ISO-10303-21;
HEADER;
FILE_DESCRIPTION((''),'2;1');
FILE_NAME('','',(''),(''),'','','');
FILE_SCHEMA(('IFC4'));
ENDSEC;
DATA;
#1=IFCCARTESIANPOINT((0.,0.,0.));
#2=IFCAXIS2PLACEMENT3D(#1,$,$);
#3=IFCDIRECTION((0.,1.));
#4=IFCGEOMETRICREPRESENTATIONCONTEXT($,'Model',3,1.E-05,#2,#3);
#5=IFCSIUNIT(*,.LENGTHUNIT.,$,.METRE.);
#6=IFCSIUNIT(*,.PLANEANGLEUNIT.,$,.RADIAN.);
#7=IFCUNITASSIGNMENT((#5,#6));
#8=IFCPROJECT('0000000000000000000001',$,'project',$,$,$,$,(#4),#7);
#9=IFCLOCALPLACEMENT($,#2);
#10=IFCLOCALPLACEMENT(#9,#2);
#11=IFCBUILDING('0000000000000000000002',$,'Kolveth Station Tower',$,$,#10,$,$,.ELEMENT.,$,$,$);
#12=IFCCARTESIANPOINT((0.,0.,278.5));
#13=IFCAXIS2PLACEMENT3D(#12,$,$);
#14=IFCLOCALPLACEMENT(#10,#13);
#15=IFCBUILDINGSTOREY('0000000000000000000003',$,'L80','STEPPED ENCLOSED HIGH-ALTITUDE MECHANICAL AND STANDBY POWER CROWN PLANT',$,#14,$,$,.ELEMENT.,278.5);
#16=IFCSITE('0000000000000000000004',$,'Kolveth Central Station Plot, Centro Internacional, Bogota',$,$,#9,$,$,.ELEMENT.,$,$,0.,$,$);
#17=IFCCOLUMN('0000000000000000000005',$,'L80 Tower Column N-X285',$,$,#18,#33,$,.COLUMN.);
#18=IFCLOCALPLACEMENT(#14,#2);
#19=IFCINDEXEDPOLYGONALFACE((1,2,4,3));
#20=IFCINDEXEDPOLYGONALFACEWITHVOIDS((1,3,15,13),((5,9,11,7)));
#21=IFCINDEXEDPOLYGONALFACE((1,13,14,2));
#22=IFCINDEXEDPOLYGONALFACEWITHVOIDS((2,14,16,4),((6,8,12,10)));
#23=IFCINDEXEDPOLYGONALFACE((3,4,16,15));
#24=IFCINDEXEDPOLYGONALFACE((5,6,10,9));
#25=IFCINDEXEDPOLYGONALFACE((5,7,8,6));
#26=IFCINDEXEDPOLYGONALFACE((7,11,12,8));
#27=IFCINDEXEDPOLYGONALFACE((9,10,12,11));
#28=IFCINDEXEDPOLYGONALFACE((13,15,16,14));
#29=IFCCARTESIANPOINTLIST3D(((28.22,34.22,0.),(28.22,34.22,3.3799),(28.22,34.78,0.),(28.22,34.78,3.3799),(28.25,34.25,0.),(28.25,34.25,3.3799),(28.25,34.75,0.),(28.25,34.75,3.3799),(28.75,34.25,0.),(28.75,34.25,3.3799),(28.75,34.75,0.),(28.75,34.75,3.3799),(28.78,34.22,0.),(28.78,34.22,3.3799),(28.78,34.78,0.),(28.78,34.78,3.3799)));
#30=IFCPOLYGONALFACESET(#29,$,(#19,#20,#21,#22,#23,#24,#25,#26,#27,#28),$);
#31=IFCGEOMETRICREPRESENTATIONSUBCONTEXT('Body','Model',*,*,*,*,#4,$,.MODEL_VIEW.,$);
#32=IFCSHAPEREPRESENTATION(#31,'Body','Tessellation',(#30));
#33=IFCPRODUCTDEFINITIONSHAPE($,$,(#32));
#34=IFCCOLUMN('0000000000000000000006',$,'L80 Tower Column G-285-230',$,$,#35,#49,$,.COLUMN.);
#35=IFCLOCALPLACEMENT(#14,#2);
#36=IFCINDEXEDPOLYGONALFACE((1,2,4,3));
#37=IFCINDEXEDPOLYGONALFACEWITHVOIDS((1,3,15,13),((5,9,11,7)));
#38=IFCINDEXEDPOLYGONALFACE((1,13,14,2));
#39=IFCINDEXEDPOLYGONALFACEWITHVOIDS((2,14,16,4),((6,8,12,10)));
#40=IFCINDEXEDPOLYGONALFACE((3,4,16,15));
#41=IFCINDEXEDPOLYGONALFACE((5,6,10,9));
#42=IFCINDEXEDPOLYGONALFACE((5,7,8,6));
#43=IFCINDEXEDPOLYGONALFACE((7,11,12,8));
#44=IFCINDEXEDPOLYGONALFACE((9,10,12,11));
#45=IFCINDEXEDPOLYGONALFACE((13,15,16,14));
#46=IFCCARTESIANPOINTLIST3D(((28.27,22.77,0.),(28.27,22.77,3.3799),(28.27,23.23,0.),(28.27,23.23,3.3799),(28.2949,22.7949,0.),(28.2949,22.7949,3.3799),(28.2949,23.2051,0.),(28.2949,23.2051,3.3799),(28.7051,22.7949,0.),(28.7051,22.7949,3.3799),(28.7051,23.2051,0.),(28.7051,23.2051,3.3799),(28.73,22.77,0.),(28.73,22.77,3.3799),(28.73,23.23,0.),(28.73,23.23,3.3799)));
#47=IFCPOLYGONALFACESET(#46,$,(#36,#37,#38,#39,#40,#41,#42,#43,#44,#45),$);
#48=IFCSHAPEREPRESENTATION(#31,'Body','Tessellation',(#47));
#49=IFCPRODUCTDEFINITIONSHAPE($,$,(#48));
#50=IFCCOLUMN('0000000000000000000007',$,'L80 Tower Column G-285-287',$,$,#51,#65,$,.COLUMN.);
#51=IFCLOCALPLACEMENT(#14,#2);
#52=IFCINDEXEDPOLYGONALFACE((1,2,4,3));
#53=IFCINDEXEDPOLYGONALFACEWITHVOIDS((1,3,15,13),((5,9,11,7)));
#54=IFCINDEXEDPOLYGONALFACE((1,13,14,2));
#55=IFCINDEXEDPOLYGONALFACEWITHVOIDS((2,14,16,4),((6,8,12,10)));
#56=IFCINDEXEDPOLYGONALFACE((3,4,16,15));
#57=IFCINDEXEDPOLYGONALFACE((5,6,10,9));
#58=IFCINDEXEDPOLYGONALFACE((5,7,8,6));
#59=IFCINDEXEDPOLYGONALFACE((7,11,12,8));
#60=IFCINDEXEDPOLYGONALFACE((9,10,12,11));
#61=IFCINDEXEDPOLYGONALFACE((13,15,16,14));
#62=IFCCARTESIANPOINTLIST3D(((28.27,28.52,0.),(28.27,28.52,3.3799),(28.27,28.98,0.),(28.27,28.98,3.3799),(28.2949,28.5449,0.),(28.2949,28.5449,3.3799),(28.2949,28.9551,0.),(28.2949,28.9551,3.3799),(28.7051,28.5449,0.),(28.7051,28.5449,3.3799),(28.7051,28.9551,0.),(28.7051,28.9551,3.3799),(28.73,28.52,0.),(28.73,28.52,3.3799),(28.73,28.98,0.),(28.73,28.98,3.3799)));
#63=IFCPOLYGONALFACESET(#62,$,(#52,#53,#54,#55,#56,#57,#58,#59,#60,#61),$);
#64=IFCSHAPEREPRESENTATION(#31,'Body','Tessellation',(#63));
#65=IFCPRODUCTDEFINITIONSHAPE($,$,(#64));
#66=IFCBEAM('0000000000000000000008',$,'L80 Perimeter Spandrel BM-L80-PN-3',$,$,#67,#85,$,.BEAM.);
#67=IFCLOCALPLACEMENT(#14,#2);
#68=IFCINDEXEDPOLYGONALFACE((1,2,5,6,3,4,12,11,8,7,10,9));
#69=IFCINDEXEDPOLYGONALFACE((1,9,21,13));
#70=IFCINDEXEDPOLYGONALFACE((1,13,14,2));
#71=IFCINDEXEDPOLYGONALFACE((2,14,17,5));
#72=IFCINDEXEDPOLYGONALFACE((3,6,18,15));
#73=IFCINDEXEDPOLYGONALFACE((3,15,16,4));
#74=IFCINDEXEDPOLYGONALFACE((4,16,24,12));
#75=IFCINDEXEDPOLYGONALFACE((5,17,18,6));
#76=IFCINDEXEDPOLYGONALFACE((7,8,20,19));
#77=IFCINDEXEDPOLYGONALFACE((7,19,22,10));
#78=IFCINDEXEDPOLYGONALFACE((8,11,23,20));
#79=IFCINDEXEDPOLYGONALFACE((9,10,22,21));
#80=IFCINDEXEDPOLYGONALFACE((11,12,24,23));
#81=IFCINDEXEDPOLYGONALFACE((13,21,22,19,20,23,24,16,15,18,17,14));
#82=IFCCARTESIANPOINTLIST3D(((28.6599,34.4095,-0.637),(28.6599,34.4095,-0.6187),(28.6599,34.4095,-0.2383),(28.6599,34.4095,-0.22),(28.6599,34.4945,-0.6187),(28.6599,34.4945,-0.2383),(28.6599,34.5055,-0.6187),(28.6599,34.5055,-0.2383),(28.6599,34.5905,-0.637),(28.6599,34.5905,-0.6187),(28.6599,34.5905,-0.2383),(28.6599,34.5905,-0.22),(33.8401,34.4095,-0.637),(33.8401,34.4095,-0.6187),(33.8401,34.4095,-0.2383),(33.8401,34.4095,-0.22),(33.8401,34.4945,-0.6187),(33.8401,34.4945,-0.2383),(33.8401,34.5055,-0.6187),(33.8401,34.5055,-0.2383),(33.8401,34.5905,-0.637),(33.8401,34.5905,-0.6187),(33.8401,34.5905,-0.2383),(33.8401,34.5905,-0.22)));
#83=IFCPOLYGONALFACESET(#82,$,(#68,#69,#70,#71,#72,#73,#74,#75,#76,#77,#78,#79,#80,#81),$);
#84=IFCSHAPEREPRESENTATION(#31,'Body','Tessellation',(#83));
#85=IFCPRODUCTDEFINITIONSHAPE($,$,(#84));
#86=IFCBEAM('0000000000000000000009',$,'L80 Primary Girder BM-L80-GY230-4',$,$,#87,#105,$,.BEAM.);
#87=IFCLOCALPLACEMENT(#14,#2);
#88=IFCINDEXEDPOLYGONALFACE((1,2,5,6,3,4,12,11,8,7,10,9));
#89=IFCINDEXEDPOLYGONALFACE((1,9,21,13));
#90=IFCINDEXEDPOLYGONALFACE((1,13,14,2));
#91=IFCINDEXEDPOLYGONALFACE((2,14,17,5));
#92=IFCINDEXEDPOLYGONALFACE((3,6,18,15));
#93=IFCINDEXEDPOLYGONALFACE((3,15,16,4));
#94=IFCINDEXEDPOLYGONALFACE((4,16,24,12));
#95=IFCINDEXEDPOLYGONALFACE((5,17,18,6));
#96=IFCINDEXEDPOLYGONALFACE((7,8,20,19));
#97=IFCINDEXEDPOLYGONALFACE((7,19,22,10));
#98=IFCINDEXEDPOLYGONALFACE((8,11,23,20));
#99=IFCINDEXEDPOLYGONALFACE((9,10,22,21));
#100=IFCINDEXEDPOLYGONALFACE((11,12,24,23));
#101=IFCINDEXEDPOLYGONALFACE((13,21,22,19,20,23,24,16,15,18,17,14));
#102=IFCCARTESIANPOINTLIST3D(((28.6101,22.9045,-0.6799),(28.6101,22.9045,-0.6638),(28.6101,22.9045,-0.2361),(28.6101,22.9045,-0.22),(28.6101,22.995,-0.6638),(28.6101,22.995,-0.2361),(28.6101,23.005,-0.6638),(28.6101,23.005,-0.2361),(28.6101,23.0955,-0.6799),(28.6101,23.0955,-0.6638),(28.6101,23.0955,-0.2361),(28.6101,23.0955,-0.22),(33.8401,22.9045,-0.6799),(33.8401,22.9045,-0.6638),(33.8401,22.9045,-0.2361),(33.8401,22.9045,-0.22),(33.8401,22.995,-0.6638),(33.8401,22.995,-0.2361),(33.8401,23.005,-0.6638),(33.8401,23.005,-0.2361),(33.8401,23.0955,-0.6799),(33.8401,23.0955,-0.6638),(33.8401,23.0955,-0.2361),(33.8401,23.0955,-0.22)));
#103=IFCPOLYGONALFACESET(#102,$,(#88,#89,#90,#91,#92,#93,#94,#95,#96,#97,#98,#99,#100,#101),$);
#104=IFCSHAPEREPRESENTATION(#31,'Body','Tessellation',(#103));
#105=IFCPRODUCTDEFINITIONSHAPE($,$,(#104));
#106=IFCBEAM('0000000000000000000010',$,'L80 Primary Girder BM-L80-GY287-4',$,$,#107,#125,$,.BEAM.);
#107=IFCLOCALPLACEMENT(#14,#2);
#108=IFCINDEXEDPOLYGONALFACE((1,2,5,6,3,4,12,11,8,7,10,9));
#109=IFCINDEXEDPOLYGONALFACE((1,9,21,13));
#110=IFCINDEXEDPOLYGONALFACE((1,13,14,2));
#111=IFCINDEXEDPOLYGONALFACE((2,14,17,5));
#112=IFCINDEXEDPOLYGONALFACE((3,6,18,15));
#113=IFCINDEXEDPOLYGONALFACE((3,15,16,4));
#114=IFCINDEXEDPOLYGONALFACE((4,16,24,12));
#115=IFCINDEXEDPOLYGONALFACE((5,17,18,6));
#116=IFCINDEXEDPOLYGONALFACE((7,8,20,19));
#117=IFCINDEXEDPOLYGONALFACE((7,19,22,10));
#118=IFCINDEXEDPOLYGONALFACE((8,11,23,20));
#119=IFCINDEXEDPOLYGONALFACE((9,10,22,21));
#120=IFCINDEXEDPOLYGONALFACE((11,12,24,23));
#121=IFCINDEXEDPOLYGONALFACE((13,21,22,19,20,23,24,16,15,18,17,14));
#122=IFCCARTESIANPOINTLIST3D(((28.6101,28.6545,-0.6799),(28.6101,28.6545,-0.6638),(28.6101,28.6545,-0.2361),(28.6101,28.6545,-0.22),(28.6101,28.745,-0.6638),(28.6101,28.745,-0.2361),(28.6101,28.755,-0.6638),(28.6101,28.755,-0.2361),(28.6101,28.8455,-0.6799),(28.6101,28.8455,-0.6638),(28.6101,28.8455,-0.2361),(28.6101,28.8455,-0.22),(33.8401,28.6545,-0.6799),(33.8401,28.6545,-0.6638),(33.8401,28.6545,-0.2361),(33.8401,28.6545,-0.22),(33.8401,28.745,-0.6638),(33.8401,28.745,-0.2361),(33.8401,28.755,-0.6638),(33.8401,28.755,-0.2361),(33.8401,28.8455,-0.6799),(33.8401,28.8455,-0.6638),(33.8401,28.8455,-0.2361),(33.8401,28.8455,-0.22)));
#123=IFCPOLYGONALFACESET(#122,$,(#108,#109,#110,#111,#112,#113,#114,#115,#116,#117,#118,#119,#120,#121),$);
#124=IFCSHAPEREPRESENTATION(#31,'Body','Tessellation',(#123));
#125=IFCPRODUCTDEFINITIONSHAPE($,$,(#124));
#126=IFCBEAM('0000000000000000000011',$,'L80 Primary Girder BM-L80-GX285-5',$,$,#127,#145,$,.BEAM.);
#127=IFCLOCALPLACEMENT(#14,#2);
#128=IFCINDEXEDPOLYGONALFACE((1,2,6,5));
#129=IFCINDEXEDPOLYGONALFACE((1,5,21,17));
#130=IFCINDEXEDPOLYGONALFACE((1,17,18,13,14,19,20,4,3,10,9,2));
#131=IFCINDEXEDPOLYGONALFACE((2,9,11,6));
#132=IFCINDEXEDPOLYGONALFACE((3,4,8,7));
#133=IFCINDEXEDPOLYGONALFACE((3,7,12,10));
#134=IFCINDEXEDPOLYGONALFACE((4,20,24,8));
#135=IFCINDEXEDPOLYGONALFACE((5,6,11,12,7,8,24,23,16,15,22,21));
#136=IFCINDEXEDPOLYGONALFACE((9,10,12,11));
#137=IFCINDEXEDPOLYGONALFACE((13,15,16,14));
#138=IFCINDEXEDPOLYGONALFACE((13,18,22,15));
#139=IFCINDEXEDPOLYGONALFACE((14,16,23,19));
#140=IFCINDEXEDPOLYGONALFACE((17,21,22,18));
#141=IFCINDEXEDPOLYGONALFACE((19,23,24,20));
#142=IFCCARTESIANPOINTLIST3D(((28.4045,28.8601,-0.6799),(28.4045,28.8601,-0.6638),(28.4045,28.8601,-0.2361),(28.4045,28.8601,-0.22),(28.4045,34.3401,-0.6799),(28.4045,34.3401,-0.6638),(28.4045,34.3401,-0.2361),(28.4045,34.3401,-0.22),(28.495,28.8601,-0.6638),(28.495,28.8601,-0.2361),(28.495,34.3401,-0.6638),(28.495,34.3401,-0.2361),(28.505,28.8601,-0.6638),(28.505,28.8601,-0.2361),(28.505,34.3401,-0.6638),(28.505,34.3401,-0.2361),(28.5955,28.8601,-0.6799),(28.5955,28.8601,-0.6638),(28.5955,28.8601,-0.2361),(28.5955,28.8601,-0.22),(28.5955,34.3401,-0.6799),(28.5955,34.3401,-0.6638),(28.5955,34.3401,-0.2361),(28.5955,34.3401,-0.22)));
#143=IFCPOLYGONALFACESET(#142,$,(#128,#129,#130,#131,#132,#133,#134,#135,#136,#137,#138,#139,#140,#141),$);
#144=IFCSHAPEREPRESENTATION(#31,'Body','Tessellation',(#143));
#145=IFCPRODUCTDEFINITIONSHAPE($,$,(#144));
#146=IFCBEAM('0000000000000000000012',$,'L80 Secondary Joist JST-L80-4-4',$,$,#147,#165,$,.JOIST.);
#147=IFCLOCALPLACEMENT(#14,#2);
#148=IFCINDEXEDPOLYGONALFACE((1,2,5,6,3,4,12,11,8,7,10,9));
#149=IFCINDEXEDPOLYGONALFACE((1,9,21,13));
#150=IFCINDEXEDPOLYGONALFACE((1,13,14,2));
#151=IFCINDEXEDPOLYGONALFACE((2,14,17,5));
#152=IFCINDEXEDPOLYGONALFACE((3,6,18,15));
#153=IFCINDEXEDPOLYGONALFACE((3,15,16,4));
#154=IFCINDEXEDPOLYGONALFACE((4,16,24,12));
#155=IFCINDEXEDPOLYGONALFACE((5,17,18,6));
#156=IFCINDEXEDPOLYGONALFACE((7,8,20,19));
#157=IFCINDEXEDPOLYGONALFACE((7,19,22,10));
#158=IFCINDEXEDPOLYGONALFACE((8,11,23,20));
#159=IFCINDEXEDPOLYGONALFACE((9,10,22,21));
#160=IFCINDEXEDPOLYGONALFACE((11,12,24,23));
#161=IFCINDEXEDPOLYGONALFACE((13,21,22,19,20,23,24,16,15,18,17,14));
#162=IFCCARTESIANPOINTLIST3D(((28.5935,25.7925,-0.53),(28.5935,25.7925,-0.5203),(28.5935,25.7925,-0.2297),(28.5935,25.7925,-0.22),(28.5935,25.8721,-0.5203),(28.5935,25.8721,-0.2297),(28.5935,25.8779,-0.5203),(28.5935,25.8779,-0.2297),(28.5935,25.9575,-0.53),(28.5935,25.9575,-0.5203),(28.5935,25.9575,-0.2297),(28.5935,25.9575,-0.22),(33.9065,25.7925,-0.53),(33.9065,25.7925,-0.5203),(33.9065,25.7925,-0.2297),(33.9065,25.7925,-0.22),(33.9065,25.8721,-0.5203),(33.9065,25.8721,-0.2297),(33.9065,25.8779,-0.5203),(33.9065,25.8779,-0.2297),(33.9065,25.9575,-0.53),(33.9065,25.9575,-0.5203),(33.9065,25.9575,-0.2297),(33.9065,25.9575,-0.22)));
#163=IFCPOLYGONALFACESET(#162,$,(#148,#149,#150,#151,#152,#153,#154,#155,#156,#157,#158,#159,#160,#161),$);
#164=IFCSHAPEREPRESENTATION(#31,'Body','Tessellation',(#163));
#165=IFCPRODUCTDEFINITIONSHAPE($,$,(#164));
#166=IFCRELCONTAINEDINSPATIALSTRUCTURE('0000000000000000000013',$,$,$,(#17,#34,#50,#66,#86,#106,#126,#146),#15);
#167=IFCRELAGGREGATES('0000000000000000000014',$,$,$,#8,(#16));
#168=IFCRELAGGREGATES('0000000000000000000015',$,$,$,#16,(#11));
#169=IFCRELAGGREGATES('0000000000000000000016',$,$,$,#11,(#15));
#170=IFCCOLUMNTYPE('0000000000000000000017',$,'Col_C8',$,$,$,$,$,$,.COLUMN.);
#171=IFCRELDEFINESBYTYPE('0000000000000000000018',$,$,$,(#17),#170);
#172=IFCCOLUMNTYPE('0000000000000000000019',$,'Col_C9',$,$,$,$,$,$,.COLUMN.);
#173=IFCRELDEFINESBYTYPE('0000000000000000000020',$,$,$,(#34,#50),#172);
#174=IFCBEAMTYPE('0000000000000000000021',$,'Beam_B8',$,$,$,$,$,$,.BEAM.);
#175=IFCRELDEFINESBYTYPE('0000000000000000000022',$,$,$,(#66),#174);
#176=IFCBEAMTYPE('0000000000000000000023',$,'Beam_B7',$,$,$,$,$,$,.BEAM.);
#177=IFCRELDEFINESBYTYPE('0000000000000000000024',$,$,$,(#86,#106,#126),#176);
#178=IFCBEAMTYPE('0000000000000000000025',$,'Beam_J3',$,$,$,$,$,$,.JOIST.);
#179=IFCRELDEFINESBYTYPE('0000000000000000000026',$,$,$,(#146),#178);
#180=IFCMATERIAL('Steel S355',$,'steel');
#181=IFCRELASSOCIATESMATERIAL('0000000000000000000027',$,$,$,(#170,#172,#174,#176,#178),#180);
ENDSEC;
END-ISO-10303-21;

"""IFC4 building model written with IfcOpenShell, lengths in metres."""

from ifc_helpers import new_model, si_unit, direction, frame, origin, origin_2d, place, context, subcontext, project, spatial, hollow_rectangle, i_section, extrude, source, transform, mapped, material, material_profile, profile_set, type_object, element, save


model = new_model("IFC4")

# Units and contexts
model_context = context("Model", 3, precision=1e-05, world=origin(), true_north=direction((0.0, 1.0)))
body_context = subcontext(model_context, "Body", "Model", "MODEL_VIEW")
ifc_project = project(units=[si_unit("LENGTHUNIT", "METRE"), si_unit("PLANEANGLEUNIT", "RADIAN")], contexts=[model_context])

# Site, building, storey
site_placement = place(None, origin())
site = spatial("IfcSite", under=ifc_project, at=site_placement, Name="Kolveth Central Station Plot, Centro Internacional, Bogota", CompositionType="ELEMENT", RefElevation=0.0)
building_placement = place(site_placement, origin())
building = spatial("IfcBuilding", under=site, at=building_placement, Name="Kolveth Station Tower", CompositionType="ELEMENT")
storey_placement = place(building_placement, frame((0.0, 0.0, 278.5)))
storey = spatial("IfcBuildingStorey", under=building, at=storey_placement, Name="L80", Description="STEPPED ENCLOSED HIGH-ALTITUDE MECHANICAL AND STANDBY POWER CROWN PLANT", CompositionType="ELEMENT", Elevation=278.5)

# Columns
ifc_material_1 = material(Name="Steel S355", Category="steel")
ifc_material_profile_1 = material_profile(ifc_material_1, hollow_rectangle(XDim=0.5601, YDim=0.5601, WallThickness=0.03, at=origin_2d()), Name="BOX560x560x30")
ifc_profile_set_1 = profile_set([ifc_material_profile_1], Name="Steel S355")
column_type_1 = type_object("IfcColumnType", Name="Col_C8", PredefinedType="COLUMN", material=ifc_profile_set_1)
shared_shape_1 = source(origin(), body_context, "Body", "SweptSolid", [
    extrude(hollow_rectangle(XDim=0.5601, YDim=0.5601, WallThickness=0.03, at=origin_2d()), origin(), (0.0, 0.0, 1.0), 3.3799),
])
column_placement = place(storey_placement, frame((28.5, 34.5, 0.0), z_axis=(0.0, 0.0, 1.0), x_axis=(1.0, 0.0, 0.0)))
element("IfcColumn", 1, at=column_placement, inside=storey, type_object=column_type_1, Name="L80 Tower Column N-X285", PredefinedType="COLUMN", context=body_context, shape_type="MappedRepresentation", body=[
    mapped(shared_shape_1, transform((0.0, 0.0, 0.0), x_axis=(1.0, 0.0, 0.0), y_axis=(0.0, 1.0, 0.0), z_axis=(0.0, 0.0, 1.0), scale=1.0)),
])
ifc_material_profile_2 = material_profile(ifc_material_1, hollow_rectangle(XDim=0.46, YDim=0.46, WallThickness=0.0249, at=origin_2d()), Name="BOX460x460x25")
ifc_profile_set_2 = profile_set([ifc_material_profile_2], Name="Steel S355")
column_type_2 = type_object("IfcColumnType", Name="Col_C9", PredefinedType="COLUMN", material=ifc_profile_set_2)
shared_shape_2 = source(origin(), body_context, "Body", "SweptSolid", [
    extrude(hollow_rectangle(XDim=0.46, YDim=0.46, WallThickness=0.0249, at=origin_2d()), origin(), (0.0, 0.0, 1.0), 3.3799),
])
for number, where, z_axis, x_axis, name in (
    (2, (28.5, 23.0, 0.0), (0.0, 0.0, 1.0), (1.0, 0.0, 0.0), "L80 Tower Column G-285-230"),
    (3, (28.5, 28.75, 0.0), (0.0, 0.0, 1.0), (1.0, 0.0, 0.0), "L80 Tower Column G-285-287"),
):
    element("IfcColumn", number, at=place(storey_placement, frame(where, z_axis=z_axis, x_axis=x_axis)), inside=storey, type_object=column_type_2, Name=name, PredefinedType="COLUMN", context=body_context, shape_type="MappedRepresentation", body=[
        mapped(shared_shape_2, transform((0.0, 0.0, 0.0), x_axis=(1.0, 0.0, 0.0), y_axis=(0.0, 1.0, 0.0), z_axis=(0.0, 0.0, 1.0), scale=1.0)),
    ])

# Beams
ifc_material_profile_3 = material_profile(ifc_material_1, i_section(OverallWidth=0.1809, OverallDepth=0.417, WebThickness=0.011, FlangeThickness=0.0183, at=origin_2d()), Name="W410x85")
ifc_profile_set_3 = profile_set([ifc_material_profile_3], Name="Steel S355")
beam_type_1 = type_object("IfcBeamType", Name="Beam_B8", PredefinedType="BEAM", material=ifc_profile_set_3)
shared_shape_3 = source(origin(), body_context, "Body", "SweptSolid", [
    extrude(i_section(OverallWidth=0.1809, OverallDepth=0.417, WebThickness=0.011, FlangeThickness=0.0183, at=origin_2d()), origin(), (0.0, 0.0, 1.0), 5.1802),
])
beam_1_placement = place(storey_placement, frame((28.6599, 34.5, -0.4285), z_axis=(1.0, 0.0, 0.0), x_axis=(0.0, 1.0, 0.0)))
element("IfcBeam", 4, at=beam_1_placement, inside=storey, type_object=beam_type_1, Name="L80 Perimeter Spandrel BM-L80-PN-3", PredefinedType="BEAM", context=body_context, shape_type="MappedRepresentation", body=[
    mapped(shared_shape_3, transform((0.0, 0.0, 0.0), x_axis=(1.0, 0.0, 0.0), y_axis=(0.0, 1.0, 0.0), z_axis=(0.0, 0.0, 1.0), scale=1.0)),
])
ifc_material_profile_4 = material_profile(ifc_material_1, i_section(OverallWidth=0.1909, OverallDepth=0.46, WebThickness=0.01, FlangeThickness=0.0161, at=origin_2d()), Name="W460x82")
ifc_profile_set_4 = profile_set([ifc_material_profile_4], Name="Steel S355")
beam_type_2 = type_object("IfcBeamType", Name="Beam_B7", PredefinedType="BEAM", material=ifc_profile_set_4)
shared_shape_4 = source(origin(), body_context, "Body", "SweptSolid", [
    extrude(i_section(OverallWidth=0.1909, OverallDepth=0.46, WebThickness=0.01, FlangeThickness=0.0161, at=origin_2d()), origin(), (0.0, 0.0, 1.0), 5.23),
])
for number, where, z_axis, x_axis, name in (
    (5, (28.6101, 23.0, -0.45), (1.0, 0.0, 0.0), (0.0, 1.0, 0.0), "L80 Primary Girder BM-L80-GY230-4"),
    (6, (28.6101, 28.75, -0.45), (1.0, 0.0, 0.0), (0.0, 1.0, 0.0), "L80 Primary Girder BM-L80-GY287-4"),
):
    element("IfcBeam", number, at=place(storey_placement, frame(where, z_axis=z_axis, x_axis=x_axis)), inside=storey, type_object=beam_type_2, Name=name, PredefinedType="BEAM", context=body_context, shape_type="MappedRepresentation", body=[
        mapped(shared_shape_4, transform((0.0, 0.0, 0.0), x_axis=(1.0, 0.0, 0.0), y_axis=(0.0, 1.0, 0.0), z_axis=(0.0, 0.0, 1.0), scale=1.0)),
    ])
shared_shape_5 = source(origin(), body_context, "Body", "SweptSolid", [
    extrude(i_section(OverallWidth=0.1909, OverallDepth=0.46, WebThickness=0.01, FlangeThickness=0.0161, at=origin_2d()), origin(), (0.0, 0.0, 1.0), 5.48),
])
beam_2_placement = place(storey_placement, frame((28.5, 28.8601, -0.45), z_axis=(0.0, 1.0, 0.0), x_axis=(-1.0, 0.0, 0.0)))
element("IfcBeam", 7, at=beam_2_placement, inside=storey, type_object=beam_type_2, Name="L80 Primary Girder BM-L80-GX285-5", PredefinedType="BEAM", context=body_context, shape_type="MappedRepresentation", body=[
    mapped(shared_shape_5, transform((0.0, 0.0, 0.0), x_axis=(1.0, 0.0, 0.0), y_axis=(0.0, 1.0, 0.0), z_axis=(0.0, 0.0, 1.0), scale=1.0)),
])
ifc_material_profile_5 = material_profile(ifc_material_1, i_section(OverallWidth=0.165, OverallDepth=0.3101, WebThickness=0.0059, FlangeThickness=0.0098, at=origin_2d()), Name="W310x39")
ifc_profile_set_5 = profile_set([ifc_material_profile_5], Name="Steel S355")
beam_type_3 = type_object("IfcBeamType", Name="Beam_J3", PredefinedType="JOIST", material=ifc_profile_set_5)
shared_shape_6 = source(origin(), body_context, "Body", "SweptSolid", [
    extrude(i_section(OverallWidth=0.165, OverallDepth=0.3101, WebThickness=0.0059, FlangeThickness=0.0098, at=origin_2d()), origin(), (0.0, 0.0, 1.0), 5.313),
])
for number, where, z_axis, x_axis, name in (
    (8, (28.5935, 25.875, -0.375), (1.0, 0.0, 0.0), (0.0, 1.0, 0.0), "L80 Secondary Joist JST-L80-4-4"),
):
    element("IfcBeam", number, at=place(storey_placement, frame(where, z_axis=z_axis, x_axis=x_axis)), inside=storey, type_object=beam_type_3, Name=name, PredefinedType="JOIST", context=body_context, shape_type="MappedRepresentation", body=[
        mapped(shared_shape_6, transform((0.0, 0.0, 0.0), x_axis=(1.0, 0.0, 0.0), y_axis=(0.0, 1.0, 0.0), z_axis=(0.0, 0.0, 1.0), scale=1.0)),
    ])

save(model, "model.ifc")
